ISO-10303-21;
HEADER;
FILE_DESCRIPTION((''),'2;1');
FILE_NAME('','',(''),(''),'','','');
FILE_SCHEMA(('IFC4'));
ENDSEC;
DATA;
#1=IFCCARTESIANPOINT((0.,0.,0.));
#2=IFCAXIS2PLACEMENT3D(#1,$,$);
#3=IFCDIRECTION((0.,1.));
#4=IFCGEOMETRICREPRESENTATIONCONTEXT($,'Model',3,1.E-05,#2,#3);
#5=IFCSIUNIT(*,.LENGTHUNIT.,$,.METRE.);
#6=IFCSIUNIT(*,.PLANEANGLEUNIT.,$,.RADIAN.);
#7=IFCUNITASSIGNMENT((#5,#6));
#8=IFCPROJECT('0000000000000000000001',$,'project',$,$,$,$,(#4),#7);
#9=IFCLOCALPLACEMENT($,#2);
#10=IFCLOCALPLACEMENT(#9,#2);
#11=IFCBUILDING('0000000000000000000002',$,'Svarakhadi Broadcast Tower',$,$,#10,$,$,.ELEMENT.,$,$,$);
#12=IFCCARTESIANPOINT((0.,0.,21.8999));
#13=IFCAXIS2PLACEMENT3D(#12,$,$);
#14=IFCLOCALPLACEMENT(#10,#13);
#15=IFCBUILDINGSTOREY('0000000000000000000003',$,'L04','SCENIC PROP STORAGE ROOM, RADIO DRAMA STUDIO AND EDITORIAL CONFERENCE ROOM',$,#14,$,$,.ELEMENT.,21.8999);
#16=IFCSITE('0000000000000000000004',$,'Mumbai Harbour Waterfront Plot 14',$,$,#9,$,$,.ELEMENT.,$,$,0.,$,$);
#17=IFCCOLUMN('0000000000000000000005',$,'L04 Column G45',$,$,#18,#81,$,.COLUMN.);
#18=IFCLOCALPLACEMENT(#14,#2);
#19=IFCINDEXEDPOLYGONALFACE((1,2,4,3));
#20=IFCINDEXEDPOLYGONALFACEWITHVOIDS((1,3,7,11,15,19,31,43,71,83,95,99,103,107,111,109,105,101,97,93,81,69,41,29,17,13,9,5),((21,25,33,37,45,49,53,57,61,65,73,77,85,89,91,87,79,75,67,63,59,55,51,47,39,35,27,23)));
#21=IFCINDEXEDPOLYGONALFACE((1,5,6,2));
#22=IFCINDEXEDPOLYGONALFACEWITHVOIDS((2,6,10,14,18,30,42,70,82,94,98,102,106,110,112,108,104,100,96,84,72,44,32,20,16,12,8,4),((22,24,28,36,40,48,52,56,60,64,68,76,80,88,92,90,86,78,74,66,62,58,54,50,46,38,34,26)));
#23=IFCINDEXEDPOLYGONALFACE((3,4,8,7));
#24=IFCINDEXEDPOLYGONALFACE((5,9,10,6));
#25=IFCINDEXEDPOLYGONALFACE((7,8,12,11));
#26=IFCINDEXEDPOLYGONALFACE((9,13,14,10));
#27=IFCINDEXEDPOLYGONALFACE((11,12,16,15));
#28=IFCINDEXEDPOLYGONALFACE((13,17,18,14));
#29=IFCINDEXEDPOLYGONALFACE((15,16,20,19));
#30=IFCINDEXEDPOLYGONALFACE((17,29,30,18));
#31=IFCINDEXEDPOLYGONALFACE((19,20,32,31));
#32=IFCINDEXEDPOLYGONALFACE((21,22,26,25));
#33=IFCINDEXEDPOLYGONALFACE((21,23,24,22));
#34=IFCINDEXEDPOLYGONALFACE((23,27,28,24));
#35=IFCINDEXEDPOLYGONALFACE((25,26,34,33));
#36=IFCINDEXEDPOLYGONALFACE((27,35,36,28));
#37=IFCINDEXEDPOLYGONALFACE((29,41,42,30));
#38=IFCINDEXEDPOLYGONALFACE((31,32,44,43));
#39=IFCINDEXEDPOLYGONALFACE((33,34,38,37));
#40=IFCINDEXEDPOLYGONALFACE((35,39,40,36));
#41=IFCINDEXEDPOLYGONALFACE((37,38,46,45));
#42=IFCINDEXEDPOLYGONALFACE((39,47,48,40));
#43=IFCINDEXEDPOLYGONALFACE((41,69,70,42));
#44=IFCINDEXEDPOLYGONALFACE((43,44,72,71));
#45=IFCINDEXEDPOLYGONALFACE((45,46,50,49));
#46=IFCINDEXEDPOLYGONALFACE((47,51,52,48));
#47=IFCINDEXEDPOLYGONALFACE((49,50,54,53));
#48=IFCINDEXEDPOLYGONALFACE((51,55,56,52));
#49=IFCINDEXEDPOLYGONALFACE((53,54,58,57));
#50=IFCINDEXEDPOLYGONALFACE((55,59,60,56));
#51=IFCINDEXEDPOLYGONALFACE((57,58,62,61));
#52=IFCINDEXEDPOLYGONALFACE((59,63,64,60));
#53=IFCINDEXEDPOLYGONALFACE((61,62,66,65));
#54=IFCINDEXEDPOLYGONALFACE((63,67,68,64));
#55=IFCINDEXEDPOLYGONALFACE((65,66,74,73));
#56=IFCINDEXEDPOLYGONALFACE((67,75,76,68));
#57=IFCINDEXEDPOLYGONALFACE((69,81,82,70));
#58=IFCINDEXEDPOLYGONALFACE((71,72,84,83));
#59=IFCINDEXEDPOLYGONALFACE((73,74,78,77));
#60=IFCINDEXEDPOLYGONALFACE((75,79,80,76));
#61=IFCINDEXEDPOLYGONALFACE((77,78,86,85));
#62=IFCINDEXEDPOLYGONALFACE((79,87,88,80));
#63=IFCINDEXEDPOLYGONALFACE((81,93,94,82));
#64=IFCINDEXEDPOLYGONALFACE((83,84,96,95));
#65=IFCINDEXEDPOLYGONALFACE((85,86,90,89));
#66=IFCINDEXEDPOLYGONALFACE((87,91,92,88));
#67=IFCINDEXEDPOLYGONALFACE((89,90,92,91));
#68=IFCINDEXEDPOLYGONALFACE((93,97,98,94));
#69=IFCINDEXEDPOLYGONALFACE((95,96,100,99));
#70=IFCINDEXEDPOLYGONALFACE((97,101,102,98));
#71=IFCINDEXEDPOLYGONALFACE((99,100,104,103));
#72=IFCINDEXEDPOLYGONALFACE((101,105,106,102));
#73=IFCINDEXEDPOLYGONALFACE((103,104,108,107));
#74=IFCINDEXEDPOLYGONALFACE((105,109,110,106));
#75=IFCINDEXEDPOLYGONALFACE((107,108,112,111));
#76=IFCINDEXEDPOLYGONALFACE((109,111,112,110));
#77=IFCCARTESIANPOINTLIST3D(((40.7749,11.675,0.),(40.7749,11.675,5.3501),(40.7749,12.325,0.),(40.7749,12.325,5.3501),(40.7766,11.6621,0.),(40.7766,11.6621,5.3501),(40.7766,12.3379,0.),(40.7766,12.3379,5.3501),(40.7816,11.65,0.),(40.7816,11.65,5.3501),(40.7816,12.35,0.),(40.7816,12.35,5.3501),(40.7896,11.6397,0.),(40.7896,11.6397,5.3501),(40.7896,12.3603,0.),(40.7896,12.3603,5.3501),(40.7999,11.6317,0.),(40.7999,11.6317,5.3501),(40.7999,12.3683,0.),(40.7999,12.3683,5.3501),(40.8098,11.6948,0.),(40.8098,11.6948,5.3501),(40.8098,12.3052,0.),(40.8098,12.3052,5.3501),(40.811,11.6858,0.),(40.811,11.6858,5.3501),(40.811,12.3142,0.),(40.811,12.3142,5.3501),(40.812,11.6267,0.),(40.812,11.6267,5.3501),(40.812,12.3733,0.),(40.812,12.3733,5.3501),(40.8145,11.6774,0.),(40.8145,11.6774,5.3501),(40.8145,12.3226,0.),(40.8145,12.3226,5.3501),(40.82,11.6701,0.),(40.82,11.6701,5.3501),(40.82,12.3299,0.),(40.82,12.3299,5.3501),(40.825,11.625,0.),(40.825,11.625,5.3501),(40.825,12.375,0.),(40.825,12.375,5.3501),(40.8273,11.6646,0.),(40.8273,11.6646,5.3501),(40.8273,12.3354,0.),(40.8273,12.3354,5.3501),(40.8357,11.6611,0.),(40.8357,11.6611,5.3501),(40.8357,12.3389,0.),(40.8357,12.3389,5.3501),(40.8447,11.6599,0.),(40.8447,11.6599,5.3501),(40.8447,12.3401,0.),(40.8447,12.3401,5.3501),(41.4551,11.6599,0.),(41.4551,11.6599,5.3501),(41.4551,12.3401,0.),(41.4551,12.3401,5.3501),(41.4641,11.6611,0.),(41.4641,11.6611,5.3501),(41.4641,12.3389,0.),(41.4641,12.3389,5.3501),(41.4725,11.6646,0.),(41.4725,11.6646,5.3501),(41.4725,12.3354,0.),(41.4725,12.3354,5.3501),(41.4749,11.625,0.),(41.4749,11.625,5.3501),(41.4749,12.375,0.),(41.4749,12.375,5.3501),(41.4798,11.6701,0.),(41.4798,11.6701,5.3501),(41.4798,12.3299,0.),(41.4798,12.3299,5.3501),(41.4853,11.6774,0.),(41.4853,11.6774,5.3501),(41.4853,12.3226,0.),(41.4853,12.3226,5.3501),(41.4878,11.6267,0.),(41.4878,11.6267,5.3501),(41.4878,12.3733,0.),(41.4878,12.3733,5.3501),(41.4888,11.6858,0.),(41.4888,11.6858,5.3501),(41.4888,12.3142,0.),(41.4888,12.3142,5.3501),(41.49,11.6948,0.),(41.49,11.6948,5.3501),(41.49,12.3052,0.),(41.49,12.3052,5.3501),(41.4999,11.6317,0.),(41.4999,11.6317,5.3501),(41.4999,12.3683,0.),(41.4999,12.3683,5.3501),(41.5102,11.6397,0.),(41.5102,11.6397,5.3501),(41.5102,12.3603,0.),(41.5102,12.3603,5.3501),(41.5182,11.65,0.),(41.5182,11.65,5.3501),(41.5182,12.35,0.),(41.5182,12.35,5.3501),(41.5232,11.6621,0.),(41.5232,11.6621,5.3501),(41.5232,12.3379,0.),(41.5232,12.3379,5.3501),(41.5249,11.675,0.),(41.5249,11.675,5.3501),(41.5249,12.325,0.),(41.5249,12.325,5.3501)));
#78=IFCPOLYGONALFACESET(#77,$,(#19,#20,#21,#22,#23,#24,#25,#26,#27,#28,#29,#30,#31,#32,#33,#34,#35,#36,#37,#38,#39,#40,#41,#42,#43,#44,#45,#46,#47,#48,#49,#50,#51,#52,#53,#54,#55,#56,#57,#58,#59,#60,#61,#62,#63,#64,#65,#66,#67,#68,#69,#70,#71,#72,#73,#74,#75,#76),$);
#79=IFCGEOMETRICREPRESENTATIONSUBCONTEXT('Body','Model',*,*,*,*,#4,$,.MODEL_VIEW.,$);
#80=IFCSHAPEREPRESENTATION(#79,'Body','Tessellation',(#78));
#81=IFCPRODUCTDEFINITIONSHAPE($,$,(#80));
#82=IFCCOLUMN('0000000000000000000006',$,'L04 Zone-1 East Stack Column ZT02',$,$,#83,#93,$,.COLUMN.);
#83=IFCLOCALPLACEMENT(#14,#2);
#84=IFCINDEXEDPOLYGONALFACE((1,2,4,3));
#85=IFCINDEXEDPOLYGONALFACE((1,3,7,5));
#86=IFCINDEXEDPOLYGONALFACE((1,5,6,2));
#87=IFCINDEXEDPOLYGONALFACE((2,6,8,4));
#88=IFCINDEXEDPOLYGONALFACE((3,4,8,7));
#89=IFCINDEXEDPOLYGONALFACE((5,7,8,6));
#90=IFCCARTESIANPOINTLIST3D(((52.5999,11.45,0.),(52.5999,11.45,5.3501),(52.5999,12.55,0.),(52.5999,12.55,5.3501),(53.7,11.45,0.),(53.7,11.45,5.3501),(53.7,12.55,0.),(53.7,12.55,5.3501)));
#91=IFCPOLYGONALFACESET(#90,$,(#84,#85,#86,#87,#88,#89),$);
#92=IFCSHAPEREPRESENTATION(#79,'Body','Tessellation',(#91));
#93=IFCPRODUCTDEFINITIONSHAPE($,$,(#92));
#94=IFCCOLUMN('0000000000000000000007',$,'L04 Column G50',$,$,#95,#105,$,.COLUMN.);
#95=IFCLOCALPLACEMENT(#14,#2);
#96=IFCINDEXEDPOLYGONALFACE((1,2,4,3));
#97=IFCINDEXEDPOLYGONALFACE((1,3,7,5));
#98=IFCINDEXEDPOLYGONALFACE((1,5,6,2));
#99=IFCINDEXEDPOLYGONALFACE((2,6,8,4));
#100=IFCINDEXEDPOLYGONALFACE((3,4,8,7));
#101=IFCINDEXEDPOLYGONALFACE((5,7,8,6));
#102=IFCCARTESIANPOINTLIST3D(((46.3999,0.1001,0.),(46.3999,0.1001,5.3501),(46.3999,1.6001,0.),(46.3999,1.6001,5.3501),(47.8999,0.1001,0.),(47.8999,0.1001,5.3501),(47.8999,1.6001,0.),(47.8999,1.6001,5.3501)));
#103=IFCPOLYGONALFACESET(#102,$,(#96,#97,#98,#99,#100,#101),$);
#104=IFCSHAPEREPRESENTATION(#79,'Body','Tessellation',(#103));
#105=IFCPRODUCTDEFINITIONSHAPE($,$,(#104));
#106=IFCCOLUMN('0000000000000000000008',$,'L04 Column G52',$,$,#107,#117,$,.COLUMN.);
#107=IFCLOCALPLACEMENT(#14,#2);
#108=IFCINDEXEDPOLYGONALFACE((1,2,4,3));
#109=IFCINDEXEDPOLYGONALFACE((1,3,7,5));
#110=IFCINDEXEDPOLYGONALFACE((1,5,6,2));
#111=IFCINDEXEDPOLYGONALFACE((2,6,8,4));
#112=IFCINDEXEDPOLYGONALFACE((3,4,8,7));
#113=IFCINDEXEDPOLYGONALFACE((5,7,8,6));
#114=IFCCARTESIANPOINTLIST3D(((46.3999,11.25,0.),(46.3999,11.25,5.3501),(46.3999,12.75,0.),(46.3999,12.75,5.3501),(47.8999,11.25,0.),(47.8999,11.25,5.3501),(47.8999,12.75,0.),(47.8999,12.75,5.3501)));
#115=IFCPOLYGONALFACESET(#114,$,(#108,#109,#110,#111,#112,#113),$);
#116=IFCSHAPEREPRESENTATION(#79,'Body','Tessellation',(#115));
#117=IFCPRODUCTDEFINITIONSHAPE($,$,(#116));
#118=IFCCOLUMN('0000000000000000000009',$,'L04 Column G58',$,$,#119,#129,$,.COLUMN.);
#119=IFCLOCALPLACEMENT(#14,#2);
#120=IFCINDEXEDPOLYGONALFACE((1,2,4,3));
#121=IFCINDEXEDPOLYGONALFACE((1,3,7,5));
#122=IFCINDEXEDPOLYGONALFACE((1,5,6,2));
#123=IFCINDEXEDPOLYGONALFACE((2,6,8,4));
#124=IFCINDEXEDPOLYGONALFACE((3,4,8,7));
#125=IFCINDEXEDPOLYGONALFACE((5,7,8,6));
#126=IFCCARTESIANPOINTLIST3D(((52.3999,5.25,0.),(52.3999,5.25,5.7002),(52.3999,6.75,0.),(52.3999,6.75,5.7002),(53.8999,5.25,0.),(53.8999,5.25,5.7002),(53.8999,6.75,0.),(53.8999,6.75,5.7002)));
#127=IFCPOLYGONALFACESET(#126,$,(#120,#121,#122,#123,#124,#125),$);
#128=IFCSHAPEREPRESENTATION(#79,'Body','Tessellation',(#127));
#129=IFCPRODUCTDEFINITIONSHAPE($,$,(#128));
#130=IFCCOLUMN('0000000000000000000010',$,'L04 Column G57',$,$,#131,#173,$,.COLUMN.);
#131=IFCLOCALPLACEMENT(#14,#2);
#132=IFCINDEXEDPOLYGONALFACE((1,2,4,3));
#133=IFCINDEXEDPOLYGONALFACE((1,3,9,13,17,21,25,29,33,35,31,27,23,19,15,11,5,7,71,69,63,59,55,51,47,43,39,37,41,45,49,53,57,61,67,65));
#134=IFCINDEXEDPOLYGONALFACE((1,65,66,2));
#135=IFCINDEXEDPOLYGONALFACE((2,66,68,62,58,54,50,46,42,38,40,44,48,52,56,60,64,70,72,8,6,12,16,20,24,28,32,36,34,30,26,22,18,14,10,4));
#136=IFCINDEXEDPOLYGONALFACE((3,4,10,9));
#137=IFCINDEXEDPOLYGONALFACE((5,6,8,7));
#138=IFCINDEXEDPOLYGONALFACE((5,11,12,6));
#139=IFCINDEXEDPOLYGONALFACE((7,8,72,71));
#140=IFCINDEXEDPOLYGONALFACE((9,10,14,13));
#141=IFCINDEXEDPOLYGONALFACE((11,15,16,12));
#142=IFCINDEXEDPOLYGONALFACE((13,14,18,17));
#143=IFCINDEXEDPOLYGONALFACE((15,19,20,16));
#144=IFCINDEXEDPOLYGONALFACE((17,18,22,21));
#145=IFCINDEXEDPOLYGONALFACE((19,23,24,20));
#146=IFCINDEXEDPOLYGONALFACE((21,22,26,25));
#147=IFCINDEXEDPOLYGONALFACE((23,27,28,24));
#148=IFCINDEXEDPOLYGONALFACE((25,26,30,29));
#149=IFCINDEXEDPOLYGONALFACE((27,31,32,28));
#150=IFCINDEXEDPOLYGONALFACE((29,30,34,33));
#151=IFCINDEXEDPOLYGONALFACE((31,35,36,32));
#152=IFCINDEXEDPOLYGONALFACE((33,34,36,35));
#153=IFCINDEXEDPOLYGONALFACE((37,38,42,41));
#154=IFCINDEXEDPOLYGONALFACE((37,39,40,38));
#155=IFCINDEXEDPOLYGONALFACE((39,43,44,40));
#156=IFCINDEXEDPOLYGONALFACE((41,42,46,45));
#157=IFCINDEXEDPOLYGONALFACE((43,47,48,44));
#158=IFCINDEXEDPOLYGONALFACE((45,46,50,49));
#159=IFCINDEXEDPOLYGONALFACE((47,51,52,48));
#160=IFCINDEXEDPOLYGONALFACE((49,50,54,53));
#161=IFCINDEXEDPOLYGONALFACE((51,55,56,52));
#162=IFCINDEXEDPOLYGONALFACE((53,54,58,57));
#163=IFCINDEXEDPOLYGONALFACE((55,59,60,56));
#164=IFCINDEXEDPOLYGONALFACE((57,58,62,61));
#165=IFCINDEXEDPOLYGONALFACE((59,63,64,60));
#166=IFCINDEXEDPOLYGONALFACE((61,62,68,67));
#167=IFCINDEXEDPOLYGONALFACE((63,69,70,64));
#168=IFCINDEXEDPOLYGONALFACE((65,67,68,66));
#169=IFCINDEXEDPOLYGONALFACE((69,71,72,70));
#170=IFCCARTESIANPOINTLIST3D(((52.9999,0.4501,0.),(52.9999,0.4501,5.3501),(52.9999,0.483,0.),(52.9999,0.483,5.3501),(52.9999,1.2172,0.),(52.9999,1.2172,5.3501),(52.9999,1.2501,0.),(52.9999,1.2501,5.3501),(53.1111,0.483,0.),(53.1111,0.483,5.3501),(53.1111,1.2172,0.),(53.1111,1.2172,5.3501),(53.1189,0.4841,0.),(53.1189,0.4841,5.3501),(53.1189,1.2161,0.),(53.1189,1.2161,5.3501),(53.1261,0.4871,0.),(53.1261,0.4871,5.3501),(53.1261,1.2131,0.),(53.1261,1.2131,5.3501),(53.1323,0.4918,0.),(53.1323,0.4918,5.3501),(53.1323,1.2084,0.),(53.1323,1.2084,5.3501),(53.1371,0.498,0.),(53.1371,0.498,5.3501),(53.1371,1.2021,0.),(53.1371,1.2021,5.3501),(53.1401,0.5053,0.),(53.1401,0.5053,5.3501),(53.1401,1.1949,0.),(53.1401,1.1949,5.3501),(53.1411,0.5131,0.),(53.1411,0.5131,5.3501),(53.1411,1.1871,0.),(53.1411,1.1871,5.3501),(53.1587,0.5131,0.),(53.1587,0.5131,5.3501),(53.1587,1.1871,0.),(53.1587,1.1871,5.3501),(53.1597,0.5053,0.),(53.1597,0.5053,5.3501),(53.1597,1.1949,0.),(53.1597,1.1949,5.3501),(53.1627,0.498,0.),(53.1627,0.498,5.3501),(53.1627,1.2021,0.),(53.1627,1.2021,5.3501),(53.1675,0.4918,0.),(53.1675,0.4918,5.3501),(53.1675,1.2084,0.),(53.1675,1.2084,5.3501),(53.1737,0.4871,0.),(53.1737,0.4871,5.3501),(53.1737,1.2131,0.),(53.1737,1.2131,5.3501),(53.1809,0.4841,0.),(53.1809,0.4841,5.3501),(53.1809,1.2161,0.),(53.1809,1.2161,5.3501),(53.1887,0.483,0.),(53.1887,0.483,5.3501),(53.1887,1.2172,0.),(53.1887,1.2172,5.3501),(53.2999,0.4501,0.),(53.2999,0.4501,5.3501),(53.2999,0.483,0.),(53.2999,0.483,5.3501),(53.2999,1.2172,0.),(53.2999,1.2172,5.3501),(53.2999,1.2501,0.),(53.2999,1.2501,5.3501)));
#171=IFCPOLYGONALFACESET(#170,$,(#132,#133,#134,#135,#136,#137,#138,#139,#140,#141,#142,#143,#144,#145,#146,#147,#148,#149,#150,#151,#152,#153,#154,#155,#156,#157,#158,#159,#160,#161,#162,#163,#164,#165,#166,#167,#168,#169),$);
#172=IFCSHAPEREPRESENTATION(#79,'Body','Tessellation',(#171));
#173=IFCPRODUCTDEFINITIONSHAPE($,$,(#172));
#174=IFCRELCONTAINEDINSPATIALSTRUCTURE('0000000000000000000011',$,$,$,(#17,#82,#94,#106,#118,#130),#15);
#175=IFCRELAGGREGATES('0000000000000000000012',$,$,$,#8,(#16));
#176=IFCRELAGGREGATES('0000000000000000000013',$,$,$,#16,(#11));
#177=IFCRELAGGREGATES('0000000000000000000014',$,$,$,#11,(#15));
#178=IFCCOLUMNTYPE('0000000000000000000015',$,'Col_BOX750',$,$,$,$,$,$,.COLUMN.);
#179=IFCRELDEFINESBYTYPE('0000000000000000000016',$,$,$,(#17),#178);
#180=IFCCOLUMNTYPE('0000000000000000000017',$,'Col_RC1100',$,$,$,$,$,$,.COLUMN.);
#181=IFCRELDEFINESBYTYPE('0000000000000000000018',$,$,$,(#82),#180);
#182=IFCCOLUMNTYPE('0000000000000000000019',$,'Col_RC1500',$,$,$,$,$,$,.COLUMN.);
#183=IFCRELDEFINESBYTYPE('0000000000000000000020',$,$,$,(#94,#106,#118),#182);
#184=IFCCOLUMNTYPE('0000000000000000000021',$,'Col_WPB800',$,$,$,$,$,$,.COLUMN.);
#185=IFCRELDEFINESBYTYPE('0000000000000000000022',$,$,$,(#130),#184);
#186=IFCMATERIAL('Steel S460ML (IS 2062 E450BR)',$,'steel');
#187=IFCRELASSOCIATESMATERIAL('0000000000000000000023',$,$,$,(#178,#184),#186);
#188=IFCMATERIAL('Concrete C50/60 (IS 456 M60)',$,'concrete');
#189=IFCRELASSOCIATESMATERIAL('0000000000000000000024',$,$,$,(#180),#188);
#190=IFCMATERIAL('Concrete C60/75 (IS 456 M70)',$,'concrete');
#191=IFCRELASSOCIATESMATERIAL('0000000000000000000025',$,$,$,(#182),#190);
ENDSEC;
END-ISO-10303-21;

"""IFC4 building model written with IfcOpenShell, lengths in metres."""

from ifc_helpers import new_model, si_unit, direction, frame, origin, origin_2d, place, context, subcontext, project, spatial, rectangle, hollow_rectangle, i_section, extrude, material, material_profile, profile_set, type_object, element, save


model = new_model("IFC4")

# Units and contexts
model_context = context("Model", 3, precision=1e-05, world=origin(), true_north=direction((0.0, 1.0)))
body_context = subcontext(model_context, "Body", "Model", "MODEL_VIEW")
ifc_project = project(units=[si_unit("LENGTHUNIT", "METRE"), si_unit("PLANEANGLEUNIT", "RADIAN")], contexts=[model_context])

# Site, building, storey
site_placement = place(None, origin())
site = spatial("IfcSite", under=ifc_project, at=site_placement, Name="Mumbai Harbour Waterfront Plot 14", CompositionType="ELEMENT", RefElevation=0.0)
building_placement = place(site_placement, origin())
building = spatial("IfcBuilding", under=site, at=building_placement, Name="Svarakhadi Broadcast Tower", CompositionType="ELEMENT")
storey_placement = place(building_placement, frame((0.0, 0.0, 21.8999)))
storey = spatial("IfcBuildingStorey", under=building, at=storey_placement, Name="L04", Description="SCENIC PROP STORAGE ROOM, RADIO DRAMA STUDIO AND EDITORIAL CONFERENCE ROOM", CompositionType="ELEMENT", Elevation=21.8999)

# Columns
ifc_material_1 = material(Name="Steel S460ML (IS 2062 E450BR)", Category="steel")
ifc_material_profile_1 = material_profile(ifc_material_1, hollow_rectangle(XDim=0.75, YDim=0.75, WallThickness=0.0349, InnerFilletRadius=0.0349, OuterFilletRadius=0.05, at=origin_2d()), Name="BOX 750x750x35")
ifc_profile_set_1 = profile_set([ifc_material_profile_1], Name="Steel S460ML (IS 2062 E450BR)")
column_type_1 = type_object("IfcColumnType", Name="Col_BOX750", PredefinedType="COLUMN", material=ifc_profile_set_1)
column_1_placement = place(storey_placement, frame((41.1499, 12.0, 0.0), z_axis=(0.0, 0.0, 1.0), x_axis=(1.0, 0.0, 0.0)))
element("IfcColumn", 1, at=column_1_placement, inside=storey, type_object=column_type_1, Name="L04 Column G45", PredefinedType="COLUMN", context=body_context, shape_type="SweptSolid", body=[
    extrude(hollow_rectangle(XDim=0.75, YDim=0.75, WallThickness=0.0349, InnerFilletRadius=0.0349, OuterFilletRadius=0.05, at=origin_2d()), origin(), (0.0, 0.0, 1.0), 5.3501),
])
ifc_material_2 = material(Name="Concrete C50/60 (IS 456 M60)", Category="concrete")
ifc_material_profile_2 = material_profile(ifc_material_2, rectangle(XDim=1.1001, YDim=1.1001, at=origin_2d()), Name="RC 1100x1100")
ifc_profile_set_2 = profile_set([ifc_material_profile_2], Name="Concrete C50/60 (IS 456 M60)")
column_type_2 = type_object("IfcColumnType", Name="Col_RC1100", PredefinedType="COLUMN", material=ifc_profile_set_2)
column_2_placement = place(storey_placement, frame((53.1499, 12.0, 0.0), z_axis=(0.0, 0.0, 1.0), x_axis=(1.0, 0.0, 0.0)))
element("IfcColumn", 2, at=column_2_placement, inside=storey, type_object=column_type_2, Name="L04 Zone-1 East Stack Column ZT02", PredefinedType="COLUMN", context=body_context, shape_type="SweptSolid", body=[
    extrude(rectangle(XDim=1.1001, YDim=1.1001, at=origin_2d()), origin(), (0.0, 0.0, 1.0), 5.3501),
])
ifc_material_3 = material(Name="Concrete C60/75 (IS 456 M70)", Category="concrete")
ifc_material_profile_3 = material_profile(ifc_material_3, rectangle(XDim=1.5, YDim=1.5, at=origin_2d()), Name="RC 1500x1500")
ifc_profile_set_3 = profile_set([ifc_material_profile_3], Name="Concrete C60/75 (IS 456 M70)")
column_type_3 = type_object("IfcColumnType", Name="Col_RC1500", PredefinedType="COLUMN", material=ifc_profile_set_3)
for number, where, z_axis, x_axis, name in (
    (3, (47.1499, 0.8501, 0.0), (0.0, 0.0, 1.0), (1.0, 0.0, 0.0), "L04 Column G50"),
    (4, (47.1499, 12.0, 0.0), (0.0, 0.0, 1.0), (1.0, 0.0, 0.0), "L04 Column G52"),
):
    element("IfcColumn", number, at=place(storey_placement, frame(where, z_axis=z_axis, x_axis=x_axis)), inside=storey, type_object=column_type_3, Name=name, PredefinedType="COLUMN", context=body_context, shape_type="SweptSolid", body=[
        extrude(rectangle(XDim=1.5, YDim=1.5, at=origin_2d()), origin(), (0.0, 0.0, 1.0), 5.3501),
    ])
column_3_placement = place(storey_placement, frame((53.1499, 6.0, 0.0), z_axis=(0.0, 0.0, 1.0), x_axis=(1.0, 0.0, 0.0)))
element("IfcColumn", 5, at=column_3_placement, inside=storey, type_object=column_type_3, Name="L04 Column G58", PredefinedType="COLUMN", context=body_context, shape_type="SweptSolid", body=[
    extrude(rectangle(XDim=1.5, YDim=1.5, at=origin_2d()), origin(), (0.0, 0.0, 1.0), 5.7002),
])
ifc_material_profile_4 = material_profile(ifc_material_1, i_section(OverallWidth=0.3, OverallDepth=0.8, WebThickness=0.0176, FlangeThickness=0.033, FilletRadius=0.03, at=origin_2d()), Name="WPB 800x300x262")
ifc_profile_set_4 = profile_set([ifc_material_profile_4], Name="Steel S460ML (IS 2062 E450BR)")
column_type_4 = type_object("IfcColumnType", Name="Col_WPB800", PredefinedType="COLUMN", material=ifc_profile_set_4)
column_4_placement = place(storey_placement, frame((53.1499, 0.8501, 0.0), z_axis=(0.0, 0.0, 1.0), x_axis=(1.0, 0.0, 0.0)))
element("IfcColumn", 6, at=column_4_placement, inside=storey, type_object=column_type_4, Name="L04 Column G57", PredefinedType="COLUMN", context=body_context, shape_type="SweptSolid", body=[
    extrude(i_section(OverallWidth=0.3, OverallDepth=0.8, WebThickness=0.0176, FlangeThickness=0.033, FilletRadius=0.03, at=origin_2d()), origin(), (0.0, 0.0, 1.0), 5.3501),
])

save(model, "model.ifc")
